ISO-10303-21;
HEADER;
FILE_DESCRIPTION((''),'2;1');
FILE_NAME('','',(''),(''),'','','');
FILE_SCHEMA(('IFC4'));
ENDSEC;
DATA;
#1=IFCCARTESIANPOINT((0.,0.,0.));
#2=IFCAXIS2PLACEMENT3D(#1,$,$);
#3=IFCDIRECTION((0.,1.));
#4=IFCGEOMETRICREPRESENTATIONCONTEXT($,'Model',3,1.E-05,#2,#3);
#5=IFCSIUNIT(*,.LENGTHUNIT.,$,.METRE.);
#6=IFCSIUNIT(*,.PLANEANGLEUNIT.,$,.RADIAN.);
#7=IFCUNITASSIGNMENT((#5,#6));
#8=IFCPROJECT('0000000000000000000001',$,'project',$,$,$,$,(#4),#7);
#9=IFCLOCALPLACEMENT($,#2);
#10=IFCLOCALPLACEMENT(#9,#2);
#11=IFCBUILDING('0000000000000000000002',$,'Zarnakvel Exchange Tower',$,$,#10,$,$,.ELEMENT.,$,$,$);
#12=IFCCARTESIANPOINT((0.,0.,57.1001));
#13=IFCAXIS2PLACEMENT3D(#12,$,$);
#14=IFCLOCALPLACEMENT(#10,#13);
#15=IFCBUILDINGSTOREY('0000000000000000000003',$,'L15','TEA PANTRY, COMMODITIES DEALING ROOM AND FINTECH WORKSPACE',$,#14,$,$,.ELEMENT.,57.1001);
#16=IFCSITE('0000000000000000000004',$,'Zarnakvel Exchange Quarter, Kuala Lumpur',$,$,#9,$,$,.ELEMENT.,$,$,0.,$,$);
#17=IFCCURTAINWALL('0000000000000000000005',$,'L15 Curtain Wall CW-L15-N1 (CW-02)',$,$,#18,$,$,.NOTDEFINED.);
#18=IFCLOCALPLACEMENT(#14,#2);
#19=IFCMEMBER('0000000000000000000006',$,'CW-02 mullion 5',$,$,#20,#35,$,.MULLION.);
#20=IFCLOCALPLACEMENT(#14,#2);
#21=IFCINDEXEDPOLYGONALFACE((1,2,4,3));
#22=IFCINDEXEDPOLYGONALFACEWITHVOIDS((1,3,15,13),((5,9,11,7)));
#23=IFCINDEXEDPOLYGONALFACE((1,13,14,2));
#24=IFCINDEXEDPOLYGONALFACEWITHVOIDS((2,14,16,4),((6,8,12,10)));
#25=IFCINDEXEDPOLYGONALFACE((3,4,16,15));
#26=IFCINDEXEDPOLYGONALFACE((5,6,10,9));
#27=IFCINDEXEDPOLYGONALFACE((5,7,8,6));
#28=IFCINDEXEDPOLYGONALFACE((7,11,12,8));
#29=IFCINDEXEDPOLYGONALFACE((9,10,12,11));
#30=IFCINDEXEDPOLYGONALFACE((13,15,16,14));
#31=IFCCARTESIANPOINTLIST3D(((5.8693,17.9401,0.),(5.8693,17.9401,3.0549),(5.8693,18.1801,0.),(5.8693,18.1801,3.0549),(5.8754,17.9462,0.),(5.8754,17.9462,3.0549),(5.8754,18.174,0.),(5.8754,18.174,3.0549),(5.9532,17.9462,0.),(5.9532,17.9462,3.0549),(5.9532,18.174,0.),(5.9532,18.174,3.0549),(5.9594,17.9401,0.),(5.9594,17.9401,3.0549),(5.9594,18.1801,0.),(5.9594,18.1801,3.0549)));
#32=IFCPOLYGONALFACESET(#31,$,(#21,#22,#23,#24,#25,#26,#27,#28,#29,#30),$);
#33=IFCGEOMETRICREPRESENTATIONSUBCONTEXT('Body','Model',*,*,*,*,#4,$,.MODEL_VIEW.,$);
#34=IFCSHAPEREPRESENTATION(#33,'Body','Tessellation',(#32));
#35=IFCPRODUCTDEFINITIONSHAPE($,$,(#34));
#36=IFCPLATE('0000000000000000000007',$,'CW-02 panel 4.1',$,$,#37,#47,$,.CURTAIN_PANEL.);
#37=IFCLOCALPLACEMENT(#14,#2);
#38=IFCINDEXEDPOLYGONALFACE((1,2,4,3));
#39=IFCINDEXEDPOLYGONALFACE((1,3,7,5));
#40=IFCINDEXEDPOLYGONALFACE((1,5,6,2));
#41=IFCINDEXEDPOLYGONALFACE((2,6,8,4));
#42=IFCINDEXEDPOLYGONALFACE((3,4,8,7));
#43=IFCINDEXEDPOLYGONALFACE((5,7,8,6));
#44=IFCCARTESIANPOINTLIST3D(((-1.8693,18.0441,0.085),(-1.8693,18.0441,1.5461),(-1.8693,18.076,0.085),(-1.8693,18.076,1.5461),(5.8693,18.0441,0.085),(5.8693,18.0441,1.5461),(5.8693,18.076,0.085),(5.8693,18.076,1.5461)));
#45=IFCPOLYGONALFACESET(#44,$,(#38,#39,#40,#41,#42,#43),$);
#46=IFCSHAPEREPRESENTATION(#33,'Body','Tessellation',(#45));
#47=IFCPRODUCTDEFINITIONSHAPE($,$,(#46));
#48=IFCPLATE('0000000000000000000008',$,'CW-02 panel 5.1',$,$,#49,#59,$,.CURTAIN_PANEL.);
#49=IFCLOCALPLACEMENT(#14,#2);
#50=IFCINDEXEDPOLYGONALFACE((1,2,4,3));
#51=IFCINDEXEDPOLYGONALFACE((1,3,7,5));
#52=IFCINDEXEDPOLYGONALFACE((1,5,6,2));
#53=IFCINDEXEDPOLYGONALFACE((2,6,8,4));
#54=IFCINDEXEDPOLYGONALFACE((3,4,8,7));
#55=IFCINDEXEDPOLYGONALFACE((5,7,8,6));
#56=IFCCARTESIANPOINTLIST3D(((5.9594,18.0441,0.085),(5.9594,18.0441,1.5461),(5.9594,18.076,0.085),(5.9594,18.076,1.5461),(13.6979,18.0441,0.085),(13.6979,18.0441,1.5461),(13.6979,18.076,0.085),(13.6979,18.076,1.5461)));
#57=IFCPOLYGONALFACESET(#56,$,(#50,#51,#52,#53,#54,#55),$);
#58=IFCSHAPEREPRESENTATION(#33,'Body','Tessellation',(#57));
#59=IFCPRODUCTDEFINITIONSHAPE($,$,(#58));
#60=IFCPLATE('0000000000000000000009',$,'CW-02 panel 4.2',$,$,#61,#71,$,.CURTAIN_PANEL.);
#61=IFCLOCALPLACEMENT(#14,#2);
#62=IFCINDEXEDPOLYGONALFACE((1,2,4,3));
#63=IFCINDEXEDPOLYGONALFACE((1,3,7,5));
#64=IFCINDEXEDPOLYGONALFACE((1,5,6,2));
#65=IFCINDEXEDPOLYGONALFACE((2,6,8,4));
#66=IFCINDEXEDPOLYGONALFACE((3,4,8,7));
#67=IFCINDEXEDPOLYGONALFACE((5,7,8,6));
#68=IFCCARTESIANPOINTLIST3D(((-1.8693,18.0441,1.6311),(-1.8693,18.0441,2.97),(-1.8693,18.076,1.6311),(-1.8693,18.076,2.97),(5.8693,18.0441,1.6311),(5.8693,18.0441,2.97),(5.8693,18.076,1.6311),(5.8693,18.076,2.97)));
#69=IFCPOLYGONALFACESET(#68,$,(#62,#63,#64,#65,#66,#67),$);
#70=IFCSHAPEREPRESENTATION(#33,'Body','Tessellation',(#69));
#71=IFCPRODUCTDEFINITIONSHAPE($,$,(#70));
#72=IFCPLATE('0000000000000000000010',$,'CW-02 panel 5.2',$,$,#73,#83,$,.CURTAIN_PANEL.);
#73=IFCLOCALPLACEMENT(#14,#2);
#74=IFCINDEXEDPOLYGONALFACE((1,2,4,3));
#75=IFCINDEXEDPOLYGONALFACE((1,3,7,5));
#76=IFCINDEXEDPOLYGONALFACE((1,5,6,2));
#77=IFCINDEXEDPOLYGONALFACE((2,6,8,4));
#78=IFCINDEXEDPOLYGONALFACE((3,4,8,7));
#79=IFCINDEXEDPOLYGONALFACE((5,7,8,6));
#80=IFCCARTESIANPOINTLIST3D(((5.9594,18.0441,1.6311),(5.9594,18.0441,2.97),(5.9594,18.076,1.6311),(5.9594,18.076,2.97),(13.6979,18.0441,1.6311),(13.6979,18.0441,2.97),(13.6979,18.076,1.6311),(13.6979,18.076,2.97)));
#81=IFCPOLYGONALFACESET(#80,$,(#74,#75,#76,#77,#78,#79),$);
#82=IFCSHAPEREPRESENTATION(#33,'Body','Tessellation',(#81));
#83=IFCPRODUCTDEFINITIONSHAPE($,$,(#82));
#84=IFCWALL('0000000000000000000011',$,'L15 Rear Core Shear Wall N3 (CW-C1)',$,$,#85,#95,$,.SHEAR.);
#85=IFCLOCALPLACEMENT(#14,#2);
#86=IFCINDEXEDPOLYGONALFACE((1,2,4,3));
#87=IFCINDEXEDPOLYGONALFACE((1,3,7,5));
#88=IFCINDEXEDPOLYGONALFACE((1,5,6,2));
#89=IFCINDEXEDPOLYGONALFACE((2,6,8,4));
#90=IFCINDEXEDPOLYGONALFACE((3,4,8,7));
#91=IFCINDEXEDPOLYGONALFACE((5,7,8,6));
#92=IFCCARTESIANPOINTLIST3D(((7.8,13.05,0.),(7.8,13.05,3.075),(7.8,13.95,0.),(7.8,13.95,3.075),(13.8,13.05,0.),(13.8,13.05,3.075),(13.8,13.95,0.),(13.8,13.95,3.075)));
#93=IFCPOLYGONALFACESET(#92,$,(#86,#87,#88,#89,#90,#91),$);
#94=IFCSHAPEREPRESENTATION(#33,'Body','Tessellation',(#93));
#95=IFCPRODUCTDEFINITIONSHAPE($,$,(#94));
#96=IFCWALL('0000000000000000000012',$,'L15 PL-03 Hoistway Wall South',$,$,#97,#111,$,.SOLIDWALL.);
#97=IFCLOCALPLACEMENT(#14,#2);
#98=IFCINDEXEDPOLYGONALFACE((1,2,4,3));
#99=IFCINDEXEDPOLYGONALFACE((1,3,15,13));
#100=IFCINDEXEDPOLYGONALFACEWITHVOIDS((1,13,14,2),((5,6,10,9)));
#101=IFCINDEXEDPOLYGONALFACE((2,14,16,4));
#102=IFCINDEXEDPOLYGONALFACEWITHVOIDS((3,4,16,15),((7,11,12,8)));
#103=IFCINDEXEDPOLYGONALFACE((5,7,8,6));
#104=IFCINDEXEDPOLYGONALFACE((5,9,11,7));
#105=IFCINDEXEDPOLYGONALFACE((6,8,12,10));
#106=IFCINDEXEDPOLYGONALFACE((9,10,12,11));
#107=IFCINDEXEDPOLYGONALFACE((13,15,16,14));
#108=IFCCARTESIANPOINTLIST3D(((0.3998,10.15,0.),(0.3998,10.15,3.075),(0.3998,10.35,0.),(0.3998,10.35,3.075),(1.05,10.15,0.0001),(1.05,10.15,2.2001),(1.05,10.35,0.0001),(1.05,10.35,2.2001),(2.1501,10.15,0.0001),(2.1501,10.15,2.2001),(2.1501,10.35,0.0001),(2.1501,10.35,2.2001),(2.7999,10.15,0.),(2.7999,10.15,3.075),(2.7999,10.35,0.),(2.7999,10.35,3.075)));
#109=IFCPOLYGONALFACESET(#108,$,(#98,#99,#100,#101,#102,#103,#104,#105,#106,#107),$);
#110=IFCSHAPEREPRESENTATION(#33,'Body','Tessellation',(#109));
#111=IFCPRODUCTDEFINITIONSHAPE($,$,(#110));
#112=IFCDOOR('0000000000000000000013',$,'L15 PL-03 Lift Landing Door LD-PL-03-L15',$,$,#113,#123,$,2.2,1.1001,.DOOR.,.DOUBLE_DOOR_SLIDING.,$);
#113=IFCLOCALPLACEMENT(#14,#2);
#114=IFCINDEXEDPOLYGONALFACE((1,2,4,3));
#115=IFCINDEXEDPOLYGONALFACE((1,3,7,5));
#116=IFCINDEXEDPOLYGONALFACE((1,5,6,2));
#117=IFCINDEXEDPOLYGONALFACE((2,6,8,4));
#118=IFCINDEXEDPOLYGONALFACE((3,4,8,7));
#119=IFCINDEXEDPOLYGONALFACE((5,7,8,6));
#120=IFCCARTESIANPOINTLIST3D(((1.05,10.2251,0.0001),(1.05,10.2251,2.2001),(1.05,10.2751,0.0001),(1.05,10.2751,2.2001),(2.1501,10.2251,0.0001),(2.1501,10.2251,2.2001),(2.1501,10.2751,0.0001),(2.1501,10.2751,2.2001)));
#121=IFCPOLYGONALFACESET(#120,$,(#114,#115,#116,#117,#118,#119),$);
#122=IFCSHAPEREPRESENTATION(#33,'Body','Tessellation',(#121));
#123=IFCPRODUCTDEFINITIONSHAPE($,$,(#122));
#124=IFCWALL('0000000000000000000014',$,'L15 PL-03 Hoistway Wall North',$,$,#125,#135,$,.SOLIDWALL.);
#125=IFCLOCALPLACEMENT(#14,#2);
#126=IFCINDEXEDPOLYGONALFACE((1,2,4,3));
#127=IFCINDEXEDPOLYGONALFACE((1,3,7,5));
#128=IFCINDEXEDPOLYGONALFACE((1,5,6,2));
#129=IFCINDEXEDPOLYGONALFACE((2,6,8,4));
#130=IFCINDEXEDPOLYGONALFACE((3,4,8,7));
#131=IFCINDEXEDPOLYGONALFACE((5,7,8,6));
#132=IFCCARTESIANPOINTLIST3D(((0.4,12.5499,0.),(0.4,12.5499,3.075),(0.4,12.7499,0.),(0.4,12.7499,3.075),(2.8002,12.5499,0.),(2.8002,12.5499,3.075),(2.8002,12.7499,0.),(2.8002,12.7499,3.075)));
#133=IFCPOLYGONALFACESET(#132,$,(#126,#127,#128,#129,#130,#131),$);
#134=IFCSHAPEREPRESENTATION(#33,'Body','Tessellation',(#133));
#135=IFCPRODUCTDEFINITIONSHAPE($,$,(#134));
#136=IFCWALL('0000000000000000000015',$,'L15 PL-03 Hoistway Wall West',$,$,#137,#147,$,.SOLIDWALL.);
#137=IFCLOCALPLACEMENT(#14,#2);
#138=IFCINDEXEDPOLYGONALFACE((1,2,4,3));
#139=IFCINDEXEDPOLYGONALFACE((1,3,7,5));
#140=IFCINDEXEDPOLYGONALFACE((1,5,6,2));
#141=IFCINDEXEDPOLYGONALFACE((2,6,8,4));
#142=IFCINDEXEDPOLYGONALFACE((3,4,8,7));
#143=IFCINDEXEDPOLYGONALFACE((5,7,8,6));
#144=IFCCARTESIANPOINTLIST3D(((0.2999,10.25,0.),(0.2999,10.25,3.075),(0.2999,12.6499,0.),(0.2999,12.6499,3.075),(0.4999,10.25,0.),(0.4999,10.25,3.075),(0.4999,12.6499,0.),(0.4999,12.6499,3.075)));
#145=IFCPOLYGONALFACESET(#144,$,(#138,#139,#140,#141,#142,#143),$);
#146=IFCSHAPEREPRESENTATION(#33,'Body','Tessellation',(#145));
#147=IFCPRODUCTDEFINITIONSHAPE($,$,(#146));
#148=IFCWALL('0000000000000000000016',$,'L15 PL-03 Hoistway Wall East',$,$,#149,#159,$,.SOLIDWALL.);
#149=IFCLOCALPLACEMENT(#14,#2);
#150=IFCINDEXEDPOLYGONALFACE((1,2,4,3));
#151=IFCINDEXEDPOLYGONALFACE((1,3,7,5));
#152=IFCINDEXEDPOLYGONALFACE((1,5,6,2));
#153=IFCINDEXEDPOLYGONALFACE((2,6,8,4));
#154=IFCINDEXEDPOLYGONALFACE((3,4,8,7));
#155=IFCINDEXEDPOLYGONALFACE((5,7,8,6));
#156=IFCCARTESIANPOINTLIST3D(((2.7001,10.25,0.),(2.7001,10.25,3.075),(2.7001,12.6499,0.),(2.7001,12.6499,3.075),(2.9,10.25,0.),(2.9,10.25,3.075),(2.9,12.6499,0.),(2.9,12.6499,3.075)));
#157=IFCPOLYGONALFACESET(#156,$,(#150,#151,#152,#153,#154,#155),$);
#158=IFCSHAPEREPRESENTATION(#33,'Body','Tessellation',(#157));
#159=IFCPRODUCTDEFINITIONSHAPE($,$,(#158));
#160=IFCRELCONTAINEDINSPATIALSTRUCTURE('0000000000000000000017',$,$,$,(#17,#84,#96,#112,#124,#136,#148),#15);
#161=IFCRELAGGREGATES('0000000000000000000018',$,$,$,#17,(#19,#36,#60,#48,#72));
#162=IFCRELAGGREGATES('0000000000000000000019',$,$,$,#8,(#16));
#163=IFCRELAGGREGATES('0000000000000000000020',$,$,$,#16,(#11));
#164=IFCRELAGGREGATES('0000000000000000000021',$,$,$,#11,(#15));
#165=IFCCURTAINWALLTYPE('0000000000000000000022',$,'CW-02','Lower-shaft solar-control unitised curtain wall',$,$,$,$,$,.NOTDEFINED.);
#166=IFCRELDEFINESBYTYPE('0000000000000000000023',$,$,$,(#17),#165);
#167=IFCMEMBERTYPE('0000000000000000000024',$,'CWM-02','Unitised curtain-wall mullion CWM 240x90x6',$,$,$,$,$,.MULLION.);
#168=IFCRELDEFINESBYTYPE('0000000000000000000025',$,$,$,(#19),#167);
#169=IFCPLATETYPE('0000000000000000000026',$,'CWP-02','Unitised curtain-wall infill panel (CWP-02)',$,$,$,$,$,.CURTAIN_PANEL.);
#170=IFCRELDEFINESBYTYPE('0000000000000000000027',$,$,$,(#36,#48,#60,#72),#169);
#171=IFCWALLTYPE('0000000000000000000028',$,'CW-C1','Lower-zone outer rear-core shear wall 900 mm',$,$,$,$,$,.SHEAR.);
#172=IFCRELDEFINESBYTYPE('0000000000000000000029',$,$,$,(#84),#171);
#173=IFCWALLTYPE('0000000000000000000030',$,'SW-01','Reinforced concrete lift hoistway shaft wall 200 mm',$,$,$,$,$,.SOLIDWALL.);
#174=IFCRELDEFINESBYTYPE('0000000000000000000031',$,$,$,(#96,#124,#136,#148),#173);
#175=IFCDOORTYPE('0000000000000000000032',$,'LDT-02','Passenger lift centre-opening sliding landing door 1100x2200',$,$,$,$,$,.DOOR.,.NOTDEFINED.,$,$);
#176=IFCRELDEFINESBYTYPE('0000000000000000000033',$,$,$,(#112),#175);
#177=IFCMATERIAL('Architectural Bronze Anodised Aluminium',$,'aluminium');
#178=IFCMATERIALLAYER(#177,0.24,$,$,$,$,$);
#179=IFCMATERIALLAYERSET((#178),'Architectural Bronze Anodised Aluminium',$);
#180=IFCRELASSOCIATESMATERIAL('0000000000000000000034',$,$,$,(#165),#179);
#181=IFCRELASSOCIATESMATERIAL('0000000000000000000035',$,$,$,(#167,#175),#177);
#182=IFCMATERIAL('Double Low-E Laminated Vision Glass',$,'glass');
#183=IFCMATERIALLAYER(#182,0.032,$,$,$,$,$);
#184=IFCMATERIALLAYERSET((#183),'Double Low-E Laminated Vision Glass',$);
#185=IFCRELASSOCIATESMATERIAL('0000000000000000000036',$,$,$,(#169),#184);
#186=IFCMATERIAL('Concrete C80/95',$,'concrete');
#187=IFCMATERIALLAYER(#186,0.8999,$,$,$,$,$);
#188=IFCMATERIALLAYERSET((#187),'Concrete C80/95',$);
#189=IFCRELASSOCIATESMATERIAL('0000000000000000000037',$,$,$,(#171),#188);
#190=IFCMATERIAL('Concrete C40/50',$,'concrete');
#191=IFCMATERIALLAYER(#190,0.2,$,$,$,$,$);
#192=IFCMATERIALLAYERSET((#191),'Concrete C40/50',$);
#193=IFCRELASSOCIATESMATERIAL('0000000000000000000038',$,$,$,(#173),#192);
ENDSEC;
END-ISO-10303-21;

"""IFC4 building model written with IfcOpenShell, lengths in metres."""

from ifc_helpers import new_model, si_unit, direction, frame, frame_2d, origin, origin_2d, place, context, subcontext, project, spatial, rectangle, hollow_rectangle, extrude, source, transform, mapped, material, layer, layer_set, material_profile, profile_set, type_object, element, fill, aggregate, save


model = new_model("IFC4")

# Units and contexts
model_context = context("Model", 3, precision=1e-05, world=origin(), true_north=direction((0.0, 1.0)))
body_context = subcontext(model_context, "Body", "Model", "MODEL_VIEW")
ifc_project = project(units=[si_unit("LENGTHUNIT", "METRE"), si_unit("PLANEANGLEUNIT", "RADIAN")], contexts=[model_context])

# Site, building, storey
site_placement = place(None, origin())
site = spatial("IfcSite", under=ifc_project, at=site_placement, Name="Zarnakvel Exchange Quarter, Kuala Lumpur", CompositionType="ELEMENT", RefElevation=0.0)
building_placement = place(site_placement, origin())
building = spatial("IfcBuilding", under=site, at=building_placement, Name="Zarnakvel Exchange Tower", CompositionType="ELEMENT")
storey_placement = place(building_placement, frame((0.0, 0.0, 57.1001)))
storey = spatial("IfcBuildingStorey", under=building, at=storey_placement, Name="L15", Description="TEA PANTRY, COMMODITIES DEALING ROOM AND FINTECH WORKSPACE", CompositionType="ELEMENT", Elevation=57.1001)

# Shared definitions
ifc_material_1 = material(Name="Concrete C80/95", Category="concrete")

# Curtain wall, member, plates
ifc_material_2 = material(Name="Architectural Bronze Anodised Aluminium", Category="aluminium")
ifc_layer_1 = layer(ifc_material_2, 0.24)
ifc_layer_set_1 = layer_set([ifc_layer_1], Name="Architectural Bronze Anodised Aluminium")
curtain_wall_type = type_object("IfcCurtainWallType", Name="CW-02", Description="Lower-shaft solar-control unitised curtain wall", PredefinedType="NOTDEFINED", material=ifc_layer_set_1)
curtain_wall_placement = place(storey_placement, origin())
curtain_wall = element("IfcCurtainWall", 1, at=curtain_wall_placement, inside=storey, type_object=curtain_wall_type, Name="L15 Curtain Wall CW-L15-N1 (CW-02)", PredefinedType="NOTDEFINED")
ifc_material_profile_1 = material_profile(ifc_material_2, hollow_rectangle(XDim=0.24, YDim=0.0901, WallThickness=0.0061, at=origin_2d()))
ifc_profile_set_1 = profile_set([ifc_material_profile_1], Name="Architectural Bronze Anodised Aluminium")
member_type_1 = type_object("IfcMemberType", Name="CWM-02", Description="Unitised curtain-wall mullion CWM 240x90x6", PredefinedType="MULLION", material=ifc_profile_set_1)
shared_shape_1 = source(origin(), body_context, "Body", "SweptSolid", [
    extrude(hollow_rectangle(XDim=0.24, YDim=0.0901, WallThickness=0.0061, at=origin_2d()), origin(), (0.0, 0.0, 1.0), 3.0549),
])
member_1_placement = place(storey_placement, frame((5.9143, 18.0601, 0.0), z_axis=(0.0, 0.0, 1.0), x_axis=(0.0, 1.0, 0.0)))
member_1 = element("IfcMember", 2, at=member_1_placement, type_object=member_type_1, Name="CW-02 mullion 5", PredefinedType="MULLION", context=body_context, shape_type="MappedRepresentation", body=[
    mapped(shared_shape_1, transform((0.0, 0.0, 0.0), x_axis=(1.0, 0.0, 0.0), y_axis=(0.0, 1.0, 0.0), z_axis=(0.0, 0.0, 1.0), scale=1.0)),
])
ifc_material_3 = material(Name="Double Low-E Laminated Vision Glass", Category="glass")
ifc_layer_2 = layer(ifc_material_3, 0.032)
ifc_layer_set_2 = layer_set([ifc_layer_2], Name="Double Low-E Laminated Vision Glass")
plate_type = type_object("IfcPlateType", Name="CWP-02", Description="Unitised curtain-wall infill panel (CWP-02)", PredefinedType="CURTAIN_PANEL", material=ifc_layer_set_2)
shared_shape_2 = source(origin(), body_context, "Body", "SweptSolid", [
    extrude(rectangle(XDim=7.7385, YDim=0.032, at=origin_2d()), origin(), (0.0, 0.0, 1.0), 1.4612),
])
plate_1_placement = place(storey_placement, frame((2.0, 18.0601, 0.085), z_axis=(0.0, 0.0, 1.0), x_axis=(1.0, 0.0, 0.0)))
plate_1 = element("IfcPlate", 3, at=plate_1_placement, type_object=plate_type, Name="CW-02 panel 4.1", PredefinedType="CURTAIN_PANEL", context=body_context, shape_type="MappedRepresentation", body=[
    mapped(shared_shape_2, transform((0.0, 0.0, 0.0), x_axis=(1.0, 0.0, 0.0), y_axis=(0.0, 1.0, 0.0), z_axis=(0.0, 0.0, 1.0), scale=1.0)),
])
plate_2_placement = place(storey_placement, frame((9.8286, 18.0601, 0.085), z_axis=(0.0, 0.0, 1.0), x_axis=(1.0, 0.0, 0.0)))
plate_2 = element("IfcPlate", 4, at=plate_2_placement, type_object=plate_type, Name="CW-02 panel 5.1", PredefinedType="CURTAIN_PANEL", context=body_context, shape_type="MappedRepresentation", body=[
    mapped(shared_shape_2, transform((0.0, 0.0, 0.0), x_axis=(1.0, 0.0, 0.0), y_axis=(0.0, 1.0, 0.0), z_axis=(0.0, 0.0, 1.0), scale=1.0)),
])
shared_shape_3 = source(origin(), body_context, "Body", "SweptSolid", [
    extrude(rectangle(XDim=7.7385, YDim=0.032, at=origin_2d()), origin(), (0.0, 0.0, 1.0), 1.3389),
])
plate_3_placement = place(storey_placement, frame((2.0, 18.0601, 1.6311), z_axis=(0.0, 0.0, 1.0), x_axis=(1.0, 0.0, 0.0)))
plate_3 = element("IfcPlate", 5, at=plate_3_placement, type_object=plate_type, Name="CW-02 panel 4.2", PredefinedType="CURTAIN_PANEL", context=body_context, shape_type="MappedRepresentation", body=[
    mapped(shared_shape_3, transform((0.0, 0.0, 0.0), x_axis=(1.0, 0.0, 0.0), y_axis=(0.0, 1.0, 0.0), z_axis=(0.0, 0.0, 1.0), scale=1.0)),
])
plate_4_placement = place(storey_placement, frame((9.8286, 18.0601, 1.6311), z_axis=(0.0, 0.0, 1.0), x_axis=(1.0, 0.0, 0.0)))
plate_4 = element("IfcPlate", 6, at=plate_4_placement, type_object=plate_type, Name="CW-02 panel 5.2", PredefinedType="CURTAIN_PANEL", context=body_context, shape_type="MappedRepresentation", body=[
    mapped(shared_shape_3, transform((0.0, 0.0, 0.0), x_axis=(1.0, 0.0, 0.0), y_axis=(0.0, 1.0, 0.0), z_axis=(0.0, 0.0, 1.0), scale=1.0)),
])
aggregate(curtain_wall, [member_1, plate_1, plate_3, plate_2, plate_4])

# Wall
ifc_layer_3 = layer(ifc_material_1, 0.8999)
ifc_layer_set_3 = layer_set([ifc_layer_3], Name="Concrete C80/95")
wall_type_1 = type_object("IfcWallType", Name="CW-C1", Description="Lower-zone outer rear-core shear wall 900 mm", PredefinedType="SHEAR", material=ifc_layer_set_3)
wall_1_placement = place(storey_placement, frame((7.8, 13.5, 0.0), z_axis=(0.0, 0.0, 1.0), x_axis=(1.0, 0.0, 0.0)))
element("IfcWall", 7, at=wall_1_placement, inside=storey, type_object=wall_type_1, Name="L15 Rear Core Shear Wall N3 (CW-C1)", PredefinedType="SHEAR", context=body_context, shape_type="SweptSolid", body=[
    extrude(rectangle(XDim=6.0, YDim=0.8999, at=frame_2d((3.0, 0.0))), origin(), (0.0, 0.0, 1.0), 3.075),
])

# Wall, opening, door
ifc_material_4 = material(Name="Concrete C40/50", Category="concrete")
ifc_layer_4 = layer(ifc_material_4, 0.2)
ifc_layer_set_4 = layer_set([ifc_layer_4], Name="Concrete C40/50")
wall_type_2 = type_object("IfcWallType", Name="SW-01", Description="Reinforced concrete lift hoistway shaft wall 200 mm", PredefinedType="SOLIDWALL", material=ifc_layer_set_4)
wall_2_placement = place(storey_placement, frame((2.8, 10.25, 0.0), z_axis=(0.0, 0.0, 1.0), x_axis=(-1.0, 0.0, 0.0)))
wall_2 = element("IfcWall", 8, at=wall_2_placement, inside=storey, type_object=wall_type_2, Name="L15 PL-03 Hoistway Wall South", PredefinedType="SOLIDWALL", context=body_context, shape_type="SweptSolid", body=[
    extrude(rectangle(XDim=2.4001, YDim=0.2, at=frame_2d((1.2002, 0.0))), origin(), (0.0, 0.0, 1.0), 3.075),
])
opening_1_placement = place(wall_2_placement, frame((0.6499, 0.0, 0.0)))
opening_1 = element("IfcOpeningElement", 9, at=opening_1_placement, cuts=wall_2, PredefinedType="OPENING", context=body_context, shape_type="SweptSolid", body=[
    extrude(rectangle(XDim=1.1001, YDim=2.2, at=frame_2d((0.55, 1.1001))), frame((0.0, 0.1099, 0.0), z_axis=(0.0, -1.0, 0.0), x_axis=(1.0, 0.0, 0.0)), (0.0, 0.0, 1.0), 0.22),
])
door_type = type_object("IfcDoorType", Name="LDT-02", Description="Passenger lift centre-opening sliding landing door 1100x2200", OperationType="NOTDEFINED", PredefinedType="DOOR", material=ifc_material_2)
shared_shape_4 = source(origin(), body_context, "Body", "SweptSolid", [
    extrude(rectangle(XDim=1.1001, YDim=2.2, at=frame_2d((0.55, 1.1001))), frame((0.0, 0.0249, 0.0), z_axis=(0.0, -1.0, 0.0), x_axis=(1.0, 0.0, 0.0)), (0.0, 0.0, 1.0), 0.05),
])
door_1_placement = place(opening_1_placement, origin())
door_1 = element("IfcDoor", 10, at=door_1_placement, inside=storey, type_object=door_type, Name="L15 PL-03 Lift Landing Door LD-PL-03-L15", OperationType="DOUBLE_DOOR_SLIDING", OverallHeight=2.2, OverallWidth=1.1001, PredefinedType="DOOR", context=body_context, shape_type="MappedRepresentation", body=[
    mapped(shared_shape_4, transform((0.0, 0.0, 0.0), x_axis=(1.0, 0.0, 0.0), y_axis=(0.0, 1.0, 0.0), z_axis=(0.0, 0.0, 1.0), scale=1.0)),
])
fill(opening_1, door_1)

# Walls
wall_3_placement = place(storey_placement, frame((0.3999, 12.6499, 0.0), z_axis=(0.0, 0.0, 1.0), x_axis=(1.0, 0.0, 0.0)))
element("IfcWall", 11, at=wall_3_placement, inside=storey, type_object=wall_type_2, Name="L15 PL-03 Hoistway Wall North", PredefinedType="SOLIDWALL", context=body_context, shape_type="SweptSolid", body=[
    extrude(rectangle(XDim=2.4001, YDim=0.2, at=frame_2d((1.2002, 0.0))), origin(), (0.0, 0.0, 1.0), 3.075),
])
for number, where, z_axis, x_axis, name in (
    (12, (0.3999, 10.25, 0.0), (0.0, 0.0, 1.0), (0.0, 1.0, 0.0), "L15 PL-03 Hoistway Wall West"),
    (13, (2.8, 12.6499, 0.0), (0.0, 0.0, 1.0), (0.0, -1.0, 0.0), "L15 PL-03 Hoistway Wall East"),
):
    element("IfcWall", number, at=place(storey_placement, frame(where, z_axis=z_axis, x_axis=x_axis)), inside=storey, type_object=wall_type_2, Name=name, PredefinedType="SOLIDWALL", context=body_context, shape_type="SweptSolid", body=[
        extrude(rectangle(XDim=2.3999, YDim=0.2, at=frame_2d((1.2, 0.0))), origin(), (0.0, 0.0, 1.0), 3.075),
    ])

save(model, "model.ifc")
